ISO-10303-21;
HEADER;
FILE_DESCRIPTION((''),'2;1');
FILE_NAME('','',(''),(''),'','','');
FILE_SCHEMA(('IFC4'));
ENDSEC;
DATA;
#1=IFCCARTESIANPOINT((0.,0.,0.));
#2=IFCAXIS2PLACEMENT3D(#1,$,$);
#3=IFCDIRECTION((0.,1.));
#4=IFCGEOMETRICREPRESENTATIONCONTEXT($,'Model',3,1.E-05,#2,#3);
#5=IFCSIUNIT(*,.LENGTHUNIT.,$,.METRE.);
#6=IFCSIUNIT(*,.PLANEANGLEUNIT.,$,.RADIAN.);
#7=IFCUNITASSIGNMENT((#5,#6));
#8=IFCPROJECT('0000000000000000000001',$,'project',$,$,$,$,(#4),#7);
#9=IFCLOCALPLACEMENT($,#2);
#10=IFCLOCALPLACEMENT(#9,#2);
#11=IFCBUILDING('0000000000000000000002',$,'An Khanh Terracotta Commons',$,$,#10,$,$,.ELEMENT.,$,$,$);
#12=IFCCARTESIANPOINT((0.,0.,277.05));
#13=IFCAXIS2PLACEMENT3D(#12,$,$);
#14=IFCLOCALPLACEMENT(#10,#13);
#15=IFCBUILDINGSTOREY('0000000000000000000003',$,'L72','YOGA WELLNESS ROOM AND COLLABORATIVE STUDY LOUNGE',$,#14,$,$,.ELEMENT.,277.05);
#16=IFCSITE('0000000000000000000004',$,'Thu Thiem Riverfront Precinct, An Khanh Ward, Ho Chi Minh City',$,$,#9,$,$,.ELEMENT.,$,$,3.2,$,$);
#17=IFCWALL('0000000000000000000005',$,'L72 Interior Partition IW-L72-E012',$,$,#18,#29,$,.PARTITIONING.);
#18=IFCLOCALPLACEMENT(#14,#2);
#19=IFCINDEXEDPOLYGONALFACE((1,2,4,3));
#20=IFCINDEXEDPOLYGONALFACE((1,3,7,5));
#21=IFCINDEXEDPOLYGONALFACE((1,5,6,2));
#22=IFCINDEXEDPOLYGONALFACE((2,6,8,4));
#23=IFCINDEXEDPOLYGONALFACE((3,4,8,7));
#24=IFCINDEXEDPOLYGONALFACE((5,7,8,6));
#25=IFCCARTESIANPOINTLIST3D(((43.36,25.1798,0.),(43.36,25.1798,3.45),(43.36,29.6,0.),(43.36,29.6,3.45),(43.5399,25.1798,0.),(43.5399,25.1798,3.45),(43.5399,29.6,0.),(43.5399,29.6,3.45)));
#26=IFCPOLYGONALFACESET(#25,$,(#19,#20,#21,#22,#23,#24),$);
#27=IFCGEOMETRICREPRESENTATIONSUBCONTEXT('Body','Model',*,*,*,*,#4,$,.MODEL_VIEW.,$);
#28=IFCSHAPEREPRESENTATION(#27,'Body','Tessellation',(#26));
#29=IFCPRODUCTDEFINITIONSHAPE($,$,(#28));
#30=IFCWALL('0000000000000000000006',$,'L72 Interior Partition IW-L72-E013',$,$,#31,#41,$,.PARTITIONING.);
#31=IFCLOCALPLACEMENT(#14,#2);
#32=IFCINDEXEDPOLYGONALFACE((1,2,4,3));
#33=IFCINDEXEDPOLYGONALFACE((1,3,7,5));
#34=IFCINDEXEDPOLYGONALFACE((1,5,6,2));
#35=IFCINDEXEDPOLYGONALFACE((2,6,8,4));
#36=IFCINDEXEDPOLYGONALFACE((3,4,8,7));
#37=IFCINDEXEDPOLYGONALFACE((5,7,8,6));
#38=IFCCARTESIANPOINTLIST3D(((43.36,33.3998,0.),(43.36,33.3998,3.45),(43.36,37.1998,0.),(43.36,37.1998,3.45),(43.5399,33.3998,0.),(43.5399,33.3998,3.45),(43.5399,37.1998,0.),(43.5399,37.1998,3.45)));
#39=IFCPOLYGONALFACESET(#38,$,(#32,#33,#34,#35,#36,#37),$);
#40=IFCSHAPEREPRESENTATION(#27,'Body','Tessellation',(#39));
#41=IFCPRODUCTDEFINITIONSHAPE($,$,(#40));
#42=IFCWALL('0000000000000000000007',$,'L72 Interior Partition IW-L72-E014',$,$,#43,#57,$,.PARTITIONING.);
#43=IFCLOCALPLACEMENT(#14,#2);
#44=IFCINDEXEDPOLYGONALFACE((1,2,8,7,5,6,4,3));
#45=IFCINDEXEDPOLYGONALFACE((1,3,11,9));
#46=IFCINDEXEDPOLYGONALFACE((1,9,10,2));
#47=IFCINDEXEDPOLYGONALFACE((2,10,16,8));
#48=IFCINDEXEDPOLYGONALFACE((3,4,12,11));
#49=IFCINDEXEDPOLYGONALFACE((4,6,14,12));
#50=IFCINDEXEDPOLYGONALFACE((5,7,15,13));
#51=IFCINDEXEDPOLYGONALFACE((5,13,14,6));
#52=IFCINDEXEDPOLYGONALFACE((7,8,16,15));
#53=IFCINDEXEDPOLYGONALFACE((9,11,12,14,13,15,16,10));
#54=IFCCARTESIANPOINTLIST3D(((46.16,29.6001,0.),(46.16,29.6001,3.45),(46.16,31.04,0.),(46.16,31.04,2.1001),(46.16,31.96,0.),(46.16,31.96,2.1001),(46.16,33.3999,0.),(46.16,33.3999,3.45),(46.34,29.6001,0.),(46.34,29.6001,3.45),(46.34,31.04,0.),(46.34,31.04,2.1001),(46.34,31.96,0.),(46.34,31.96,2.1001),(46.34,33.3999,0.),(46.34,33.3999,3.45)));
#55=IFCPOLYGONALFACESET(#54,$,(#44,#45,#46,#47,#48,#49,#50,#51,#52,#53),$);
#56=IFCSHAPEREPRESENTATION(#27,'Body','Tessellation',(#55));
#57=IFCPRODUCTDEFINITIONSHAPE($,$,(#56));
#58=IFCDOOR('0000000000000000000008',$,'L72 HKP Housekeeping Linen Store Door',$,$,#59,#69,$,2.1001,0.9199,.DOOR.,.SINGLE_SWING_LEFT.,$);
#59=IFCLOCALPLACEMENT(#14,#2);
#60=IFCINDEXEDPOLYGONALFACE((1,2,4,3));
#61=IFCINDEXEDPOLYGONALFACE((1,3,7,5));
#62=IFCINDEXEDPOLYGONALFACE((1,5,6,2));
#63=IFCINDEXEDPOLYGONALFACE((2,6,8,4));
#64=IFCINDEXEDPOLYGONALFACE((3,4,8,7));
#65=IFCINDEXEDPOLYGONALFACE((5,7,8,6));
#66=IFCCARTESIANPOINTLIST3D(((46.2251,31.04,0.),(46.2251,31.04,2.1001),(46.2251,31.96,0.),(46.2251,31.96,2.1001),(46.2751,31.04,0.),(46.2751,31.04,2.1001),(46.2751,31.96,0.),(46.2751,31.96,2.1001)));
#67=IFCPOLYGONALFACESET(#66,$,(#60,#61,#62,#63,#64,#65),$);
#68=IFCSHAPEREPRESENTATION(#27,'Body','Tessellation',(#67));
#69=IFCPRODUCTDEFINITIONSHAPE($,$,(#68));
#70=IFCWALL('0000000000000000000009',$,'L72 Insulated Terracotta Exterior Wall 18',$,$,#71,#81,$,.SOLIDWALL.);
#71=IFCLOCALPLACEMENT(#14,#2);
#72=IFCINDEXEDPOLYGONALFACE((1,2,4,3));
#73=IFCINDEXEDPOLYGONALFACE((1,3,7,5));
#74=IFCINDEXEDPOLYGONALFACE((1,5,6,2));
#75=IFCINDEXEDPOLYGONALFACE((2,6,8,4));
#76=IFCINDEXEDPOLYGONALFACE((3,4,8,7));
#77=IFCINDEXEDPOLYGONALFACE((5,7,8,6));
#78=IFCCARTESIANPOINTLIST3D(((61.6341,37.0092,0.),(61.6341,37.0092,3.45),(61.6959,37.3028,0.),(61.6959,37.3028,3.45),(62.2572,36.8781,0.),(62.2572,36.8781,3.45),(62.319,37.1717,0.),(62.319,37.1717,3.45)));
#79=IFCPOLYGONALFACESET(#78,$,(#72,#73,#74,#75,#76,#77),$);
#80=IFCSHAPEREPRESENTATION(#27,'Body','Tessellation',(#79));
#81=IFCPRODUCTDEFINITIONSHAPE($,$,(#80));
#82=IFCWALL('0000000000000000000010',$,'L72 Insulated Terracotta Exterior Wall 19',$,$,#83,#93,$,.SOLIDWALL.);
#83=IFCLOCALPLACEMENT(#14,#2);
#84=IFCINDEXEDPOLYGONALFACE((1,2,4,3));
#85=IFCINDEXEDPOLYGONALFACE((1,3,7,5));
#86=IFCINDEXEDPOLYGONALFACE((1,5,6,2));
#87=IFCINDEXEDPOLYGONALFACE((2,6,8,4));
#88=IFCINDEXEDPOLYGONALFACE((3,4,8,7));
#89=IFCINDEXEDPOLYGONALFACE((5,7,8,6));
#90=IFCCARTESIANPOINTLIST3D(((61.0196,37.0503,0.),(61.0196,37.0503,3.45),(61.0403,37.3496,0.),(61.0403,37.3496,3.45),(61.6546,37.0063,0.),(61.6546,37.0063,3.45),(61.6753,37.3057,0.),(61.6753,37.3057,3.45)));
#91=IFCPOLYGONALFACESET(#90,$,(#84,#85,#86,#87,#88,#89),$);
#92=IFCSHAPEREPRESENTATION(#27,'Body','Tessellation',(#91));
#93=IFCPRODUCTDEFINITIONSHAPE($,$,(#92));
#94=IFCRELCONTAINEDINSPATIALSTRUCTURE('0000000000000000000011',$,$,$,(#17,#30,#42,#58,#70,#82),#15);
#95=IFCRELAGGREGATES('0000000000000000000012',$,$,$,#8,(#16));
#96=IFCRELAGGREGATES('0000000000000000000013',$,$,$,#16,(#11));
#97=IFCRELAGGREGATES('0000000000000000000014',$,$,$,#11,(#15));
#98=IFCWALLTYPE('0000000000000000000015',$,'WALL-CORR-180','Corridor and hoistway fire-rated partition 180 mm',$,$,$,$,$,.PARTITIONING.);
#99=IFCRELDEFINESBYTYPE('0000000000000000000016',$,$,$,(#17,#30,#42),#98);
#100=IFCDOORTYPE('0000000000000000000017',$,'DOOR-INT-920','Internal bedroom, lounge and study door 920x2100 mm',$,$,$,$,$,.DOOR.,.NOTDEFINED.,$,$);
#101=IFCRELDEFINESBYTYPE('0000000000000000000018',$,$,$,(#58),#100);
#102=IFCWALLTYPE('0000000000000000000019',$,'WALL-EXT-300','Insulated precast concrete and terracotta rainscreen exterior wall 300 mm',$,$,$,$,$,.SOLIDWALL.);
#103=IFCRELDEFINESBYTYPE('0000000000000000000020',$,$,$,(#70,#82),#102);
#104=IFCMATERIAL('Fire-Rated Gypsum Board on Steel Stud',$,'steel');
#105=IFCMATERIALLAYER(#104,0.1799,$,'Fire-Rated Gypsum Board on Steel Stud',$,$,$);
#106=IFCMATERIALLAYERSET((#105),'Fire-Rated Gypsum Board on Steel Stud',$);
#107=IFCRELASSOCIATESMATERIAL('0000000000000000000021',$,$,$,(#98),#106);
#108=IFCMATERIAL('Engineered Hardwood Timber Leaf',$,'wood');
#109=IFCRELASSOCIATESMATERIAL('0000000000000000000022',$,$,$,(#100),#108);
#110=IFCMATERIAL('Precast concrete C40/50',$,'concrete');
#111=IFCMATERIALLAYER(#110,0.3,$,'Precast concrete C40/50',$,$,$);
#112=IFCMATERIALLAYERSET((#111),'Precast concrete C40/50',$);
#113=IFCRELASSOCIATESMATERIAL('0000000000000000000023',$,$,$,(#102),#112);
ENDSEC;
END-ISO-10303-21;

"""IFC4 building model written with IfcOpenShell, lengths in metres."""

from ifc_helpers import new_model, si_unit, direction, frame, frame_2d, origin, place, context, subcontext, project, spatial, rectangle, extrude, material, layer, layer_set, type_object, element, fill, save


model = new_model("IFC4")

# Units and contexts
model_context = context("Model", 3, precision=1e-05, world=origin(), true_north=direction((0.0, 1.0)))
body_context = subcontext(model_context, "Body", "Model", "MODEL_VIEW")
ifc_project = project(units=[si_unit("LENGTHUNIT", "METRE"), si_unit("PLANEANGLEUNIT", "RADIAN")], contexts=[model_context])

# Site, building, storey
site_placement = place(None, origin())
site = spatial("IfcSite", under=ifc_project, at=site_placement, Name="Thu Thiem Riverfront Precinct, An Khanh Ward, Ho Chi Minh City", CompositionType="ELEMENT", RefElevation=3.2)
building_placement = place(site_placement, origin())
building = spatial("IfcBuilding", under=site, at=building_placement, Name="An Khanh Terracotta Commons", CompositionType="ELEMENT")
storey_placement = place(building_placement, frame((0.0, 0.0, 277.05)))
storey = spatial("IfcBuildingStorey", under=building, at=storey_placement, Name="L72", Description="YOGA WELLNESS ROOM AND COLLABORATIVE STUDY LOUNGE", CompositionType="ELEMENT", Elevation=277.05)

# Walls
ifc_material_1 = material(Name="Fire-Rated Gypsum Board on Steel Stud", Category="steel")
ifc_layer_1 = layer(ifc_material_1, 0.1799, Name="Fire-Rated Gypsum Board on Steel Stud")
ifc_layer_set_1 = layer_set([ifc_layer_1], Name="Fire-Rated Gypsum Board on Steel Stud")
wall_type_1 = type_object("IfcWallType", Name="WALL-CORR-180", Description="Corridor and hoistway fire-rated partition 180 mm", PredefinedType="PARTITIONING", material=ifc_layer_set_1)
wall_1_placement = place(storey_placement, frame((43.45, 25.1799, 0.0), z_axis=(0.0, 0.0, 1.0), x_axis=(0.0, 1.0, 0.0)))
element("IfcWall", 1, at=wall_1_placement, inside=storey, type_object=wall_type_1, Name="L72 Interior Partition IW-L72-E012", PredefinedType="PARTITIONING", context=body_context, shape_type="SweptSolid", body=[
    extrude(rectangle(XDim=4.4202, YDim=0.1799, at=frame_2d((2.21, 0.0))), origin(), (0.0, 0.0, 1.0), 3.45),
])
wall_2_placement = place(storey_placement, frame((43.45, 33.3999, 0.0), z_axis=(0.0, 0.0, 1.0), x_axis=(0.0, 1.0, 0.0)))
element("IfcWall", 2, at=wall_2_placement, inside=storey, type_object=wall_type_1, Name="L72 Interior Partition IW-L72-E013", PredefinedType="PARTITIONING", context=body_context, shape_type="SweptSolid", body=[
    extrude(rectangle(XDim=3.8, YDim=0.1799, at=frame_2d((1.8999, 0.0))), origin(), (0.0, 0.0, 1.0), 3.45),
])

# Wall, opening, door
wall_3_placement = place(storey_placement, frame((46.25, 29.6001, 0.0), z_axis=(0.0, 0.0, 1.0), x_axis=(0.0, 1.0, 0.0)))
wall_3 = element("IfcWall", 3, at=wall_3_placement, inside=storey, type_object=wall_type_1, Name="L72 Interior Partition IW-L72-E014", PredefinedType="PARTITIONING", context=body_context, shape_type="SweptSolid", body=[
    extrude(rectangle(XDim=3.7998, YDim=0.1799, at=frame_2d((1.8999, 0.0))), origin(), (0.0, 0.0, 1.0), 3.45),
])
opening_1_placement = place(wall_3_placement, frame((1.4399, 0.0, 0.0)))
opening_1 = element("IfcOpeningElement", 4, at=opening_1_placement, cuts=wall_3, PredefinedType="OPENING", context=body_context, shape_type="SweptSolid", body=[
    extrude(rectangle(XDim=0.9199, YDim=2.1001, at=frame_2d((0.46, 1.05))), frame((0.0, 0.0999, 0.0), z_axis=(0.0, -1.0, 0.0), x_axis=(1.0, 0.0, 0.0)), (0.0, 0.0, 1.0), 0.2),
])
ifc_material_2 = material(Name="Engineered Hardwood Timber Leaf", Category="wood")
door_type_1 = type_object("IfcDoorType", Name="DOOR-INT-920", Description="Internal bedroom, lounge and study door 920x2100 mm", OperationType="NOTDEFINED", PredefinedType="DOOR", material=ifc_material_2)
door_1_placement = place(opening_1_placement, origin())
door_1 = element("IfcDoor", 5, at=door_1_placement, inside=storey, type_object=door_type_1, Name="L72 HKP Housekeeping Linen Store Door", OperationType="SINGLE_SWING_LEFT", OverallHeight=2.1001, OverallWidth=0.9199, PredefinedType="DOOR", context=body_context, shape_type="SweptSolid", body=[
    extrude(rectangle(XDim=0.9199, YDim=2.1001, at=frame_2d((0.46, 1.05))), frame((0.0, 0.0249, 0.0), z_axis=(0.0, -1.0, 0.0), x_axis=(1.0, 0.0, 0.0)), (0.0, 0.0, 1.0), 0.05),
])
fill(opening_1, door_1)

# Walls
ifc_material_3 = material(Name="Precast concrete C40/50", Category="concrete")
ifc_layer_2 = layer(ifc_material_3, 0.3, Name="Precast concrete C40/50")
ifc_layer_set_2 = layer_set([ifc_layer_2], Name="Precast concrete C40/50")
wall_type_2 = type_object("IfcWallType", Name="WALL-EXT-300", Description="Insulated precast concrete and terracotta rainscreen exterior wall 300 mm", PredefinedType="SOLIDWALL", material=ifc_layer_set_2)
wall_4_placement = place(storey_placement, frame((62.2881, 37.0249, 0.0), z_axis=(0.0, 0.0, 1.0), x_axis=(-0.97857, 0.205914, 0.0)))
element("IfcWall", 6, at=wall_4_placement, inside=storey, type_object=wall_type_2, Name="L72 Insulated Terracotta Exterior Wall 18", PredefinedType="SOLIDWALL", context=body_context, shape_type="SweptSolid", body=[
    extrude(rectangle(XDim=0.6367, YDim=0.3, at=frame_2d((0.3184, 0.0))), origin(), (0.0, 0.0, 1.0), 3.45),
])
wall_5_placement = place(storey_placement, frame((61.665, 37.156, 0.0), z_axis=(0.0, 0.0, 1.0), x_axis=(-0.997614, 0.069039, 0.0)))
element("IfcWall", 7, at=wall_5_placement, inside=storey, type_object=wall_type_2, Name="L72 Insulated Terracotta Exterior Wall 19", PredefinedType="SOLIDWALL", context=body_context, shape_type="SweptSolid", body=[
    extrude(rectangle(XDim=0.6365, YDim=0.3, at=frame_2d((0.3184, 0.0))), origin(), (0.0, 0.0, 1.0), 3.45),
])

save(model, "model.ifc")
